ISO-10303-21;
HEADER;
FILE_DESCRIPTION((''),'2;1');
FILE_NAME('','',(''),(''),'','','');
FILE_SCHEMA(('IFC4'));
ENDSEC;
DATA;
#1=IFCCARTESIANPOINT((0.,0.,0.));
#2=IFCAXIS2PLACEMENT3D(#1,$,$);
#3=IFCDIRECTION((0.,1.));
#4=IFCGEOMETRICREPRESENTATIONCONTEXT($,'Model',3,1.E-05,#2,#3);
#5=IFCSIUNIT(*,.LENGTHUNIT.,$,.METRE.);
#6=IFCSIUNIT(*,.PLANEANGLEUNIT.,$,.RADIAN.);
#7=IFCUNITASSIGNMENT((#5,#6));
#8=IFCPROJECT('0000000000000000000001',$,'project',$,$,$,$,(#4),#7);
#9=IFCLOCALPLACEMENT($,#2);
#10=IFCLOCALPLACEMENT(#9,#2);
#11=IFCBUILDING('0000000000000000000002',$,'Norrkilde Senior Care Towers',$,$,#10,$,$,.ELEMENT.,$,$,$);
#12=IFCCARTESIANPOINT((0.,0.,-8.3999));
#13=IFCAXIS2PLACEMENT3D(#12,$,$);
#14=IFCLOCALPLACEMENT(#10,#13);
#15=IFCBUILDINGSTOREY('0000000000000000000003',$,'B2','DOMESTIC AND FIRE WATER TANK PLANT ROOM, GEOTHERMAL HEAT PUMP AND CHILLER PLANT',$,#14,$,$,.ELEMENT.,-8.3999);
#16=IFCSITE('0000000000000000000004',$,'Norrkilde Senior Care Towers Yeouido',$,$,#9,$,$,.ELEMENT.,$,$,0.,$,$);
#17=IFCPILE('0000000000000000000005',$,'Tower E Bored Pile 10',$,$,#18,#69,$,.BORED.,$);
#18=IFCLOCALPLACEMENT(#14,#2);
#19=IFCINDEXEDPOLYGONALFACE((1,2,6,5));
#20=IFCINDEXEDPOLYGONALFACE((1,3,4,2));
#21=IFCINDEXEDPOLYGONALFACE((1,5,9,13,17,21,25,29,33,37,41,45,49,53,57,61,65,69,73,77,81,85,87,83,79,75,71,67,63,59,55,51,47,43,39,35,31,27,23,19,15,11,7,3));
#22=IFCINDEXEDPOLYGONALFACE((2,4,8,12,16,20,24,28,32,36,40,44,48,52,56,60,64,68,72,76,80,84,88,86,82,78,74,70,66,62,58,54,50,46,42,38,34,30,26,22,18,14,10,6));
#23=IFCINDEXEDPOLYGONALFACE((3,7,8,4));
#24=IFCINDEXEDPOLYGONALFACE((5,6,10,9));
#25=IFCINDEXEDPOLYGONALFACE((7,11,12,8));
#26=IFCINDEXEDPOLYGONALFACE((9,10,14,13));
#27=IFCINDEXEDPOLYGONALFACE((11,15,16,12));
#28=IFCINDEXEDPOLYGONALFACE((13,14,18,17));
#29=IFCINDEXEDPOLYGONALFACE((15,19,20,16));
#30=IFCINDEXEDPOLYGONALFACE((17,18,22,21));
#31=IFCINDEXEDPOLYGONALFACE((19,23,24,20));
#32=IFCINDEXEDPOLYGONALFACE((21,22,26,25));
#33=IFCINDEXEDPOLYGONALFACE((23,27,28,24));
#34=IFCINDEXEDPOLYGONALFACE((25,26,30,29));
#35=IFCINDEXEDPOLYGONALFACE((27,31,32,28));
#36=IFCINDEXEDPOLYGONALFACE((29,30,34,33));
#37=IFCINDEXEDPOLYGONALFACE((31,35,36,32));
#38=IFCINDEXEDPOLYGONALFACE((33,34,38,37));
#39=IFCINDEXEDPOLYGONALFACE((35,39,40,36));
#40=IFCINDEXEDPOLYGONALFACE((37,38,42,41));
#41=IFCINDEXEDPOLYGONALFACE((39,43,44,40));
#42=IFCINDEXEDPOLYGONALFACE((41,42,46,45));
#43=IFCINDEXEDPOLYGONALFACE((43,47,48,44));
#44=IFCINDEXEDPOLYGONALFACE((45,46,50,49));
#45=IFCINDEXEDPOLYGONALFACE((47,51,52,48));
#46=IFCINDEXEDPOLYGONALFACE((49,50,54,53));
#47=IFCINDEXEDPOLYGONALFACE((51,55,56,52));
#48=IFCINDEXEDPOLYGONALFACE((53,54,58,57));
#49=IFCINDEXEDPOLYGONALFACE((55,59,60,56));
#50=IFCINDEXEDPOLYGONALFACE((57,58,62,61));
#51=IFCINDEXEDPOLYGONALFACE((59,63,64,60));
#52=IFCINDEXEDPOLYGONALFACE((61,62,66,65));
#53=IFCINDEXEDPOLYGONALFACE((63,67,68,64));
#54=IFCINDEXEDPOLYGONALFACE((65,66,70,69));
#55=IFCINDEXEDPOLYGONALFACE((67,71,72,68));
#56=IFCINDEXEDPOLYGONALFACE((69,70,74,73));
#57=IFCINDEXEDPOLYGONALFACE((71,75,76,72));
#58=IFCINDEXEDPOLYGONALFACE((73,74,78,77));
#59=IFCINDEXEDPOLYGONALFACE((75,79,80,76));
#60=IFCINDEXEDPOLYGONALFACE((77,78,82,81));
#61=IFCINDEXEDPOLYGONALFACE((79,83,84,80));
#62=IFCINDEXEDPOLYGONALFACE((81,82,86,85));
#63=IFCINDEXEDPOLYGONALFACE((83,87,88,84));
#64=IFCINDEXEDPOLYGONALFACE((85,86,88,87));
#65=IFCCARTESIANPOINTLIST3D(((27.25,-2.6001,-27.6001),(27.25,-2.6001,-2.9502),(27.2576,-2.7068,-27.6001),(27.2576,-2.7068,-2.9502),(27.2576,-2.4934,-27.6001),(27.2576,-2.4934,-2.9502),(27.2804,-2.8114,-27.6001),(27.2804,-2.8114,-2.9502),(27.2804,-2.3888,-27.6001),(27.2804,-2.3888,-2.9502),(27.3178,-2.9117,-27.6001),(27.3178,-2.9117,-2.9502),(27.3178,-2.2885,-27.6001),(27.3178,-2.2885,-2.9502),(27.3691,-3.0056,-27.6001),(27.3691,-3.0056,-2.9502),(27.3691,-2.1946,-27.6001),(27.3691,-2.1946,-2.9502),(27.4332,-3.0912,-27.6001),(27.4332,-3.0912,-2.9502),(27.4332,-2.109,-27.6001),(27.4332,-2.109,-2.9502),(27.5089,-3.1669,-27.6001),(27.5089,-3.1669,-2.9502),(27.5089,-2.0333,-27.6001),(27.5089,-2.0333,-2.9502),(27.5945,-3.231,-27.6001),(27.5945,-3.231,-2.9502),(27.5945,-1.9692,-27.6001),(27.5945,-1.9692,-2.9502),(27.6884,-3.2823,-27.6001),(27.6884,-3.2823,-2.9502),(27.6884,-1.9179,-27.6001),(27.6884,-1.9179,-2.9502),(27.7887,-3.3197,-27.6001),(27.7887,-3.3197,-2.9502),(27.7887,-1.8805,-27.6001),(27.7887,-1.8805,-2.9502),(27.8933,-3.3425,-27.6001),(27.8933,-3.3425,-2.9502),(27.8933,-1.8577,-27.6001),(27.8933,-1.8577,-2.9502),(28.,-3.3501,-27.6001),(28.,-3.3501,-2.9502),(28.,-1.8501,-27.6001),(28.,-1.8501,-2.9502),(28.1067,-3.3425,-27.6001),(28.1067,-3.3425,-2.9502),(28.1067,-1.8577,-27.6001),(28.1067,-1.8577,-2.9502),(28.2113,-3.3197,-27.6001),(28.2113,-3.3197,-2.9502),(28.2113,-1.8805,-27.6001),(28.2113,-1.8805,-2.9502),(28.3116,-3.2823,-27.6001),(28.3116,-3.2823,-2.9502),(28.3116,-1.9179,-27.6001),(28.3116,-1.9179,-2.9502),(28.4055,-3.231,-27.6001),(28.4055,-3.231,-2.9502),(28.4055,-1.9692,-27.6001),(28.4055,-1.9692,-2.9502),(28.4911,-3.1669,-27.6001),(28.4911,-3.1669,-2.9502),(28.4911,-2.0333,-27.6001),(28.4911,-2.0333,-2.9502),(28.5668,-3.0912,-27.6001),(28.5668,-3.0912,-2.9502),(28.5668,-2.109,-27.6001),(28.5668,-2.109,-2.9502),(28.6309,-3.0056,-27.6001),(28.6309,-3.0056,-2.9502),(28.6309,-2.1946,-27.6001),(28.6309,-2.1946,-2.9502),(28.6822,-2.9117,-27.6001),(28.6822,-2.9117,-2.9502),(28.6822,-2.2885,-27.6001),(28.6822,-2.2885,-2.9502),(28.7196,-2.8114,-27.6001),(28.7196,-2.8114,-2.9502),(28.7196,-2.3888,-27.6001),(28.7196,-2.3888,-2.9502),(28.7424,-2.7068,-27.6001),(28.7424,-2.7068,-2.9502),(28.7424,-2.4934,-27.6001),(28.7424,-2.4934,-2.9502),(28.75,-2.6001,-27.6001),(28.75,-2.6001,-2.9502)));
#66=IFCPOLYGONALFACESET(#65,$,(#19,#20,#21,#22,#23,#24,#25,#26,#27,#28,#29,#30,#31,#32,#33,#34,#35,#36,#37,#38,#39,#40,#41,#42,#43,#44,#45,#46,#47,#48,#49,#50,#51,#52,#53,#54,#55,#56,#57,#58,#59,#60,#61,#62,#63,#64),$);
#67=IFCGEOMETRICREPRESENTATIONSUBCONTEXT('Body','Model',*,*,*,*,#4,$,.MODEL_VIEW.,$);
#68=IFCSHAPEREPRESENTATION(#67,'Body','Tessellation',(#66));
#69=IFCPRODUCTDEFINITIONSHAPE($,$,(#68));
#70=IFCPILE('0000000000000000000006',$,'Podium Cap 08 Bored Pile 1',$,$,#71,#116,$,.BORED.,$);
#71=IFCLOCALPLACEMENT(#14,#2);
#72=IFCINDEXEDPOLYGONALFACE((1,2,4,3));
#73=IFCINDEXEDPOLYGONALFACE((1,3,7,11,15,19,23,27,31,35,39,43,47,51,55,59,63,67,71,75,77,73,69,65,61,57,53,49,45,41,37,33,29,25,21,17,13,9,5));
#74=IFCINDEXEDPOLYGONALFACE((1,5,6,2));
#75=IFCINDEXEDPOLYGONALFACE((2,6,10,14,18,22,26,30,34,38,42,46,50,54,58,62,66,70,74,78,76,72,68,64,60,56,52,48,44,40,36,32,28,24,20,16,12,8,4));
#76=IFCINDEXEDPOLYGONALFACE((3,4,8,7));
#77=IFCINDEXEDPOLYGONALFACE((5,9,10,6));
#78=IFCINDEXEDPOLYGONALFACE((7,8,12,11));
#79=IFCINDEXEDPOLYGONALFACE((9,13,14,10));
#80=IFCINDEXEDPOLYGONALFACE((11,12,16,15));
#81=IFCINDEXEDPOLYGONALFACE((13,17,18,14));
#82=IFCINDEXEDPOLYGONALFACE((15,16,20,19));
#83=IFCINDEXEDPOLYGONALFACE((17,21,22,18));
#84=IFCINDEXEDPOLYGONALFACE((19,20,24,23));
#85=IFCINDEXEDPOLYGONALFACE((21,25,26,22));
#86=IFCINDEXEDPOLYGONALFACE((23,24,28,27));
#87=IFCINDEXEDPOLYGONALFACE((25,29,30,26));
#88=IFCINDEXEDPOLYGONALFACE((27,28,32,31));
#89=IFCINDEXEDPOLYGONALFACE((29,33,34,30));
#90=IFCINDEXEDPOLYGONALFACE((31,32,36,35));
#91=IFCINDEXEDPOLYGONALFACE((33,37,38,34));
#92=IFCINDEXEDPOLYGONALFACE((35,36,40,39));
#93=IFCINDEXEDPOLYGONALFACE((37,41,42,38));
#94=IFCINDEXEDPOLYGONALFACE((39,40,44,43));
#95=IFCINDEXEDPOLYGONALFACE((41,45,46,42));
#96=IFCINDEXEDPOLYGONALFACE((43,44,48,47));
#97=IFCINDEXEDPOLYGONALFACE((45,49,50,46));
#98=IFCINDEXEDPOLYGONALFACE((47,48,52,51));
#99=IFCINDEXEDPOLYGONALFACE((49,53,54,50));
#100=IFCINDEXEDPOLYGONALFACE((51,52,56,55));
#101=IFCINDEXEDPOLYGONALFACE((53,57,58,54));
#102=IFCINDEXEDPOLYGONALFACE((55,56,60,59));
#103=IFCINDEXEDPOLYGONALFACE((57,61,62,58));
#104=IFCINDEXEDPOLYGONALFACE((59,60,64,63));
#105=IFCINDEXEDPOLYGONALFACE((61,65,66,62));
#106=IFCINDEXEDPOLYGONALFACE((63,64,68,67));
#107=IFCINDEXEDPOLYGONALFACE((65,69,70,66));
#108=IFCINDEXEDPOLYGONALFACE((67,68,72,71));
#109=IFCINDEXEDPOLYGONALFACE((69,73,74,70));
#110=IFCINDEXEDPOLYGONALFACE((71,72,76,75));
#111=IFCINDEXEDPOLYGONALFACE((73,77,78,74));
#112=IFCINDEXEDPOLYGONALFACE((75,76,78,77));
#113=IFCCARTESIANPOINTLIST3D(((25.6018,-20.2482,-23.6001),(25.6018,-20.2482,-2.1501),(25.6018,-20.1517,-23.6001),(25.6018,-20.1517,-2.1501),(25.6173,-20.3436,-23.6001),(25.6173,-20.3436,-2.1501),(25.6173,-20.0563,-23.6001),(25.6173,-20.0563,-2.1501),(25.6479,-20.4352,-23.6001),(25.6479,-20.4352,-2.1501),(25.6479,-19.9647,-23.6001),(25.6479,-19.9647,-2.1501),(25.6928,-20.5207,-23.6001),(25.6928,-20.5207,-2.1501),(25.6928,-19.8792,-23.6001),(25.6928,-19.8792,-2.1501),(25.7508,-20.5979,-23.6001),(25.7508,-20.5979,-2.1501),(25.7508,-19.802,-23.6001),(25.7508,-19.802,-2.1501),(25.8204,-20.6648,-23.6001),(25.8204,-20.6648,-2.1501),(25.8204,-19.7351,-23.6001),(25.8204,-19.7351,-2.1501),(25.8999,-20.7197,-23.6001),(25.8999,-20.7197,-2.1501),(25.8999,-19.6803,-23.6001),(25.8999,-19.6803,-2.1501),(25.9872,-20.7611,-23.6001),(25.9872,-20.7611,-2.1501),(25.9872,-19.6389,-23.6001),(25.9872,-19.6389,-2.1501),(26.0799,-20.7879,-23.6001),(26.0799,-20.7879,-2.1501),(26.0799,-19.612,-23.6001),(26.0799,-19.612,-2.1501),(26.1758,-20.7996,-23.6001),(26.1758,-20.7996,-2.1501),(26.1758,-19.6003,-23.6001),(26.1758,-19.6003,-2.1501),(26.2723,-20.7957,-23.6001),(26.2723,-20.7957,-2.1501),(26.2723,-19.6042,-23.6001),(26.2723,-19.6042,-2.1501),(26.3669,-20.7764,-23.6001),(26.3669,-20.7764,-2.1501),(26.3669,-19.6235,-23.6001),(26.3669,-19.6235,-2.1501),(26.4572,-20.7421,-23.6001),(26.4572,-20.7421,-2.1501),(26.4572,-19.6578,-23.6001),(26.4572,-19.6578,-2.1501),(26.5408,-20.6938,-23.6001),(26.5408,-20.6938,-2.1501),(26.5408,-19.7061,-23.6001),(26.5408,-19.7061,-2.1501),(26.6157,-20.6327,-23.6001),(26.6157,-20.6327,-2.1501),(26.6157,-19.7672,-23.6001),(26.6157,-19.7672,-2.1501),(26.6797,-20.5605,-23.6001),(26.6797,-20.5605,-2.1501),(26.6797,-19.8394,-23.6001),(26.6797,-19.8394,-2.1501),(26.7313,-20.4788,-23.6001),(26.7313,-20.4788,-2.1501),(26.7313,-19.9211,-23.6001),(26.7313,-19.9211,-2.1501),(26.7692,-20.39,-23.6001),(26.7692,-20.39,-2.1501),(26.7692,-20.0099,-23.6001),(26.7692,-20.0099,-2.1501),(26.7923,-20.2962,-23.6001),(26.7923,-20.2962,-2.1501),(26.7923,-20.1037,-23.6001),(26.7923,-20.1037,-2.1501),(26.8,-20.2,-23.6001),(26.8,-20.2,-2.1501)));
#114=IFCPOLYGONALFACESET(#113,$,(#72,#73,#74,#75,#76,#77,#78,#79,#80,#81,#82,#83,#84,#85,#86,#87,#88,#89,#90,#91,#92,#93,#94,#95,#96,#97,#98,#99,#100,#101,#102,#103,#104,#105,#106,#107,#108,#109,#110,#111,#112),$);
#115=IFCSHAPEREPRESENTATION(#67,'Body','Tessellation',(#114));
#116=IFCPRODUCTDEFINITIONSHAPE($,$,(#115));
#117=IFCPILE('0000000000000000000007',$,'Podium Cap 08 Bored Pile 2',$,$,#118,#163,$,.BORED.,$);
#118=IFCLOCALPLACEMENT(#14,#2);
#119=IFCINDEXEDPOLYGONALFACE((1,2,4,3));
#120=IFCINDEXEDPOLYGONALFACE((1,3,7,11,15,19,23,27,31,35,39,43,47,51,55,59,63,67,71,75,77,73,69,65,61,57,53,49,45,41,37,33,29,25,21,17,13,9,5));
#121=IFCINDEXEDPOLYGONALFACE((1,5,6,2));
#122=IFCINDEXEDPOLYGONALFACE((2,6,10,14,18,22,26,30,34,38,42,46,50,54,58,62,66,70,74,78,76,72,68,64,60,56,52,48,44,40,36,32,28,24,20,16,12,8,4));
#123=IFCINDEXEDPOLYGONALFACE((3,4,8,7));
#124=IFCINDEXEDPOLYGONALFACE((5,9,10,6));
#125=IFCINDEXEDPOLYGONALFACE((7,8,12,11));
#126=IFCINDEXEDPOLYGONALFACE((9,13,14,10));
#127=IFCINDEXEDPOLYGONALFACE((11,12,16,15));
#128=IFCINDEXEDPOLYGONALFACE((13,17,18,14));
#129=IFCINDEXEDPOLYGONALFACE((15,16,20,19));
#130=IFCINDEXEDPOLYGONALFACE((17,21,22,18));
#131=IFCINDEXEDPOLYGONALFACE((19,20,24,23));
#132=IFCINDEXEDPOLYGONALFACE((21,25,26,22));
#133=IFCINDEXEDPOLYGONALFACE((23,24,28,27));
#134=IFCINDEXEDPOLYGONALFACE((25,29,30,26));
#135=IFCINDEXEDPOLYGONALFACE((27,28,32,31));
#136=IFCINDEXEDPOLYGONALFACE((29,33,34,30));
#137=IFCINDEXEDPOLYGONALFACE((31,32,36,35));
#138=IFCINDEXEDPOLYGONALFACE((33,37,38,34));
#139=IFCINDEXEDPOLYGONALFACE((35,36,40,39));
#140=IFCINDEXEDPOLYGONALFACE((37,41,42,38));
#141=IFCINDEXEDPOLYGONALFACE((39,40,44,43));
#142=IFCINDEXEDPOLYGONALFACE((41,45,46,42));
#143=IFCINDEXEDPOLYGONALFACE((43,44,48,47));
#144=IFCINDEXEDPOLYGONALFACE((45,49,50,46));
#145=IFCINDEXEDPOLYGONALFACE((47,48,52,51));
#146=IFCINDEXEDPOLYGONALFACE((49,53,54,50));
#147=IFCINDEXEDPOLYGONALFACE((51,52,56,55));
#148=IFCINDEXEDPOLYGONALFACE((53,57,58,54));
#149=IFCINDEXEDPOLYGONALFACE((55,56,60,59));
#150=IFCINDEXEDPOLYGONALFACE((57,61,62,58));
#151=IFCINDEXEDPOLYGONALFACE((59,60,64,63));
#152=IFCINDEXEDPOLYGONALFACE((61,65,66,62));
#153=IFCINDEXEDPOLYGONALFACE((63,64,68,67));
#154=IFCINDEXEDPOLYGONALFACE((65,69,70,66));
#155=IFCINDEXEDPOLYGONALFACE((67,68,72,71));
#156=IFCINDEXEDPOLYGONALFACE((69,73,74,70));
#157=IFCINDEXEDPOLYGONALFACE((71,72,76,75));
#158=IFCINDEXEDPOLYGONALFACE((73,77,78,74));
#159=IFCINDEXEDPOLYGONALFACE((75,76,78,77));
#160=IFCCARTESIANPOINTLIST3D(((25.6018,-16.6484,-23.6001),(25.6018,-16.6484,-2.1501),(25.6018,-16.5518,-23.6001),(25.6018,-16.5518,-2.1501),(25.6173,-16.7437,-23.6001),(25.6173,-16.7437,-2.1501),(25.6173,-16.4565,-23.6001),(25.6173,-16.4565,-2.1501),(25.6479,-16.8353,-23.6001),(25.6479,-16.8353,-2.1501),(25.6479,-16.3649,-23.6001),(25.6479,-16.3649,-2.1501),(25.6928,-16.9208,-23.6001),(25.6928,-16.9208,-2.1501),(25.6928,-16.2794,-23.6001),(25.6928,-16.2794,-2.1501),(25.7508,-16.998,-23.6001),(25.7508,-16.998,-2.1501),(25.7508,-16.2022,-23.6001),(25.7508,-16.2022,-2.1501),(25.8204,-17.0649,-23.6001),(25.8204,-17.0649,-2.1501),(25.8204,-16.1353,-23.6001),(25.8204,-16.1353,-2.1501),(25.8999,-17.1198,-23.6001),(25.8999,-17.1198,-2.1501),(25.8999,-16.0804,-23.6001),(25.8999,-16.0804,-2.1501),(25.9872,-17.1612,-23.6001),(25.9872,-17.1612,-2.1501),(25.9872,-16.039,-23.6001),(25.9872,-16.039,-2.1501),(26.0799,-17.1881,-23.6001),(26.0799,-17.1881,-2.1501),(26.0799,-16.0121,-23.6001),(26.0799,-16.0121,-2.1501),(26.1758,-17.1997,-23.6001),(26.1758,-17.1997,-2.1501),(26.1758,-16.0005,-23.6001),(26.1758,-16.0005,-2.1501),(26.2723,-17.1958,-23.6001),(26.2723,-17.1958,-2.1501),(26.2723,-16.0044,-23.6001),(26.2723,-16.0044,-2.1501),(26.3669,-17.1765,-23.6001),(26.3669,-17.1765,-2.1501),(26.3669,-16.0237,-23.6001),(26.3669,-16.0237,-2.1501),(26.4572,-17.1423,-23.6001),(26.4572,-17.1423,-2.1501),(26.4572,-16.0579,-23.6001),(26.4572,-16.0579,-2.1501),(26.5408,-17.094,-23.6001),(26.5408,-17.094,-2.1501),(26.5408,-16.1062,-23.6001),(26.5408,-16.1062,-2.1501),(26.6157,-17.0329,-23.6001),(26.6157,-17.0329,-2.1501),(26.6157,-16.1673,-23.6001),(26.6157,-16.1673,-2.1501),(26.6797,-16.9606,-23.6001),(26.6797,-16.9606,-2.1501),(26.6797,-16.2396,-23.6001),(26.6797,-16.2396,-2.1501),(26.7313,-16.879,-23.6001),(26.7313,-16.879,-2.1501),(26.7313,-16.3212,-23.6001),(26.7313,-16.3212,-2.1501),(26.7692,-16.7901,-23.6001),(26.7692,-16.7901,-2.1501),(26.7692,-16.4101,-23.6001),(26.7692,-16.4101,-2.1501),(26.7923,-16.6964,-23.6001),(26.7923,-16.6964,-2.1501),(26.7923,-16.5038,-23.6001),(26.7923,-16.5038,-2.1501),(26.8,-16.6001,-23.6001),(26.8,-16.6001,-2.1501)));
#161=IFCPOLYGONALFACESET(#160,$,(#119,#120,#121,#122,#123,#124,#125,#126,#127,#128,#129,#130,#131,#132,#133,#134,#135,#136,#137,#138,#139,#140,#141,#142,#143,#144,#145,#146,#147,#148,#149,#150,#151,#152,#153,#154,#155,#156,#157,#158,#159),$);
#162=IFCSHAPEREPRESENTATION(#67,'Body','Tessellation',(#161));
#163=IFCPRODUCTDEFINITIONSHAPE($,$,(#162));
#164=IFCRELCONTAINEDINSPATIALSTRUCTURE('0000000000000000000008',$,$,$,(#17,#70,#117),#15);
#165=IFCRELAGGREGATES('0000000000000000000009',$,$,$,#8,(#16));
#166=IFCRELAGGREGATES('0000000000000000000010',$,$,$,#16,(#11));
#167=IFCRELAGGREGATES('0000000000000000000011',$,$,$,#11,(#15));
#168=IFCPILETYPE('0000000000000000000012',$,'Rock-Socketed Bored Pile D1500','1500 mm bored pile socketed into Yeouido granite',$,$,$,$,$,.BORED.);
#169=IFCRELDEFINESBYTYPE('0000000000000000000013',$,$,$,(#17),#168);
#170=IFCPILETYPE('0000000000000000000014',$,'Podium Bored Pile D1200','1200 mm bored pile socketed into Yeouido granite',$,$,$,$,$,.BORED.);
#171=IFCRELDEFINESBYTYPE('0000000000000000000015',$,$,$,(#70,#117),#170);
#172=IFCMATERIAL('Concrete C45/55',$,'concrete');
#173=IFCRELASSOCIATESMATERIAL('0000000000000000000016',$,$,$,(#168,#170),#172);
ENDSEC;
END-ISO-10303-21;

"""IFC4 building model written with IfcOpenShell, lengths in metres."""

from ifc_helpers import new_model, si_unit, direction, frame, origin, origin_2d, place, context, subcontext, project, spatial, circle, extrude, source, transform, mapped, material, material_profile, profile_set, type_object, type_shapes, element, save


model = new_model("IFC4")

# Units and contexts
model_context = context("Model", 3, precision=1e-05, world=origin(), true_north=direction((0.0, 1.0)))
body_context = subcontext(model_context, "Body", "Model", "MODEL_VIEW")
ifc_project = project(units=[si_unit("LENGTHUNIT", "METRE"), si_unit("PLANEANGLEUNIT", "RADIAN")], contexts=[model_context])

# Site, building, storey
site_placement = place(None, origin())
site = spatial("IfcSite", under=ifc_project, at=site_placement, Name="Norrkilde Senior Care Towers Yeouido", CompositionType="ELEMENT", RefElevation=0.0)
building_placement = place(site_placement, origin())
building = spatial("IfcBuilding", under=site, at=building_placement, Name="Norrkilde Senior Care Towers", CompositionType="ELEMENT")
storey_placement = place(building_placement, frame((0.0, 0.0, -8.3999)))
storey = spatial("IfcBuildingStorey", under=building, at=storey_placement, Name="B2", Description="DOMESTIC AND FIRE WATER TANK PLANT ROOM, GEOTHERMAL HEAT PUMP AND CHILLER PLANT", CompositionType="ELEMENT", Elevation=-8.3999)

# Piles
ifc_material_1 = material(Name="Concrete C45/55", Category="concrete")
ifc_material_profile_1 = material_profile(ifc_material_1, circle(Radius=0.75, at=origin_2d()), Name="BORED PILE 1500")
ifc_profile_set_1 = profile_set([ifc_material_profile_1], Name="Concrete C45/55")
pile_type_1 = type_object("IfcPileType", Name="Rock-Socketed Bored Pile D1500", Description="1500 mm bored pile socketed into Yeouido granite", PredefinedType="BORED", material=ifc_profile_set_1)
shared_shape_1 = source(origin(), body_context, "Body", "SweptSolid", [
    extrude(circle(Radius=0.75, at=origin_2d()), origin(), (0.0, 0.0, 1.0), 24.6499),
])
type_shapes(pile_type_1, [shared_shape_1])
for number, where, z_axis, x_axis, name in (
    (1, (28.0, -2.6001, -2.9502), (0.0, 0.0, -1.0), (1.0, 0.0, 0.0), "Tower E Bored Pile 10"),
):
    element("IfcPile", number, at=place(storey_placement, frame(where, z_axis=z_axis, x_axis=x_axis)), inside=storey, type_object=pile_type_1, Name=name, PredefinedType="BORED", context=body_context, shape_type="MappedRepresentation", body=[
        mapped(shared_shape_1, transform((0.0, 0.0, 0.0), x_axis=(1.0, 0.0, 0.0), y_axis=(0.0, 1.0, 0.0), z_axis=(0.0, 0.0, 1.0), scale=1.0)),
    ])
ifc_material_profile_2 = material_profile(ifc_material_1, circle(Radius=0.6001, at=origin_2d()), Name="BORED PILE 1200")
ifc_profile_set_2 = profile_set([ifc_material_profile_2], Name="Concrete C45/55")
pile_type_2 = type_object("IfcPileType", Name="Podium Bored Pile D1200", Description="1200 mm bored pile socketed into Yeouido granite", PredefinedType="BORED", material=ifc_profile_set_2)
shared_shape_2 = source(origin(), body_context, "Body", "SweptSolid", [
    extrude(circle(Radius=0.6001, at=origin_2d()), origin(), (0.0, 0.0, 1.0), 21.45),
])
type_shapes(pile_type_2, [shared_shape_2])
for number, where, z_axis, x_axis, name in (
    (2, (26.2, -20.2, -2.1501), (0.0, 0.0, -1.0), (1.0, 0.0, 0.0), "Podium Cap 08 Bored Pile 1"),
    (3, (26.2, -16.6001, -2.1501), (0.0, 0.0, -1.0), (1.0, 0.0, 0.0), "Podium Cap 08 Bored Pile 2"),
):
    element("IfcPile", number, at=place(storey_placement, frame(where, z_axis=z_axis, x_axis=x_axis)), inside=storey, type_object=pile_type_2, Name=name, PredefinedType="BORED", context=body_context, shape_type="MappedRepresentation", body=[
        mapped(shared_shape_2, transform((0.0, 0.0, 0.0), x_axis=(1.0, 0.0, 0.0), y_axis=(0.0, 1.0, 0.0), z_axis=(0.0, 0.0, 1.0), scale=1.0)),
    ])

save(model, "model.ifc")
